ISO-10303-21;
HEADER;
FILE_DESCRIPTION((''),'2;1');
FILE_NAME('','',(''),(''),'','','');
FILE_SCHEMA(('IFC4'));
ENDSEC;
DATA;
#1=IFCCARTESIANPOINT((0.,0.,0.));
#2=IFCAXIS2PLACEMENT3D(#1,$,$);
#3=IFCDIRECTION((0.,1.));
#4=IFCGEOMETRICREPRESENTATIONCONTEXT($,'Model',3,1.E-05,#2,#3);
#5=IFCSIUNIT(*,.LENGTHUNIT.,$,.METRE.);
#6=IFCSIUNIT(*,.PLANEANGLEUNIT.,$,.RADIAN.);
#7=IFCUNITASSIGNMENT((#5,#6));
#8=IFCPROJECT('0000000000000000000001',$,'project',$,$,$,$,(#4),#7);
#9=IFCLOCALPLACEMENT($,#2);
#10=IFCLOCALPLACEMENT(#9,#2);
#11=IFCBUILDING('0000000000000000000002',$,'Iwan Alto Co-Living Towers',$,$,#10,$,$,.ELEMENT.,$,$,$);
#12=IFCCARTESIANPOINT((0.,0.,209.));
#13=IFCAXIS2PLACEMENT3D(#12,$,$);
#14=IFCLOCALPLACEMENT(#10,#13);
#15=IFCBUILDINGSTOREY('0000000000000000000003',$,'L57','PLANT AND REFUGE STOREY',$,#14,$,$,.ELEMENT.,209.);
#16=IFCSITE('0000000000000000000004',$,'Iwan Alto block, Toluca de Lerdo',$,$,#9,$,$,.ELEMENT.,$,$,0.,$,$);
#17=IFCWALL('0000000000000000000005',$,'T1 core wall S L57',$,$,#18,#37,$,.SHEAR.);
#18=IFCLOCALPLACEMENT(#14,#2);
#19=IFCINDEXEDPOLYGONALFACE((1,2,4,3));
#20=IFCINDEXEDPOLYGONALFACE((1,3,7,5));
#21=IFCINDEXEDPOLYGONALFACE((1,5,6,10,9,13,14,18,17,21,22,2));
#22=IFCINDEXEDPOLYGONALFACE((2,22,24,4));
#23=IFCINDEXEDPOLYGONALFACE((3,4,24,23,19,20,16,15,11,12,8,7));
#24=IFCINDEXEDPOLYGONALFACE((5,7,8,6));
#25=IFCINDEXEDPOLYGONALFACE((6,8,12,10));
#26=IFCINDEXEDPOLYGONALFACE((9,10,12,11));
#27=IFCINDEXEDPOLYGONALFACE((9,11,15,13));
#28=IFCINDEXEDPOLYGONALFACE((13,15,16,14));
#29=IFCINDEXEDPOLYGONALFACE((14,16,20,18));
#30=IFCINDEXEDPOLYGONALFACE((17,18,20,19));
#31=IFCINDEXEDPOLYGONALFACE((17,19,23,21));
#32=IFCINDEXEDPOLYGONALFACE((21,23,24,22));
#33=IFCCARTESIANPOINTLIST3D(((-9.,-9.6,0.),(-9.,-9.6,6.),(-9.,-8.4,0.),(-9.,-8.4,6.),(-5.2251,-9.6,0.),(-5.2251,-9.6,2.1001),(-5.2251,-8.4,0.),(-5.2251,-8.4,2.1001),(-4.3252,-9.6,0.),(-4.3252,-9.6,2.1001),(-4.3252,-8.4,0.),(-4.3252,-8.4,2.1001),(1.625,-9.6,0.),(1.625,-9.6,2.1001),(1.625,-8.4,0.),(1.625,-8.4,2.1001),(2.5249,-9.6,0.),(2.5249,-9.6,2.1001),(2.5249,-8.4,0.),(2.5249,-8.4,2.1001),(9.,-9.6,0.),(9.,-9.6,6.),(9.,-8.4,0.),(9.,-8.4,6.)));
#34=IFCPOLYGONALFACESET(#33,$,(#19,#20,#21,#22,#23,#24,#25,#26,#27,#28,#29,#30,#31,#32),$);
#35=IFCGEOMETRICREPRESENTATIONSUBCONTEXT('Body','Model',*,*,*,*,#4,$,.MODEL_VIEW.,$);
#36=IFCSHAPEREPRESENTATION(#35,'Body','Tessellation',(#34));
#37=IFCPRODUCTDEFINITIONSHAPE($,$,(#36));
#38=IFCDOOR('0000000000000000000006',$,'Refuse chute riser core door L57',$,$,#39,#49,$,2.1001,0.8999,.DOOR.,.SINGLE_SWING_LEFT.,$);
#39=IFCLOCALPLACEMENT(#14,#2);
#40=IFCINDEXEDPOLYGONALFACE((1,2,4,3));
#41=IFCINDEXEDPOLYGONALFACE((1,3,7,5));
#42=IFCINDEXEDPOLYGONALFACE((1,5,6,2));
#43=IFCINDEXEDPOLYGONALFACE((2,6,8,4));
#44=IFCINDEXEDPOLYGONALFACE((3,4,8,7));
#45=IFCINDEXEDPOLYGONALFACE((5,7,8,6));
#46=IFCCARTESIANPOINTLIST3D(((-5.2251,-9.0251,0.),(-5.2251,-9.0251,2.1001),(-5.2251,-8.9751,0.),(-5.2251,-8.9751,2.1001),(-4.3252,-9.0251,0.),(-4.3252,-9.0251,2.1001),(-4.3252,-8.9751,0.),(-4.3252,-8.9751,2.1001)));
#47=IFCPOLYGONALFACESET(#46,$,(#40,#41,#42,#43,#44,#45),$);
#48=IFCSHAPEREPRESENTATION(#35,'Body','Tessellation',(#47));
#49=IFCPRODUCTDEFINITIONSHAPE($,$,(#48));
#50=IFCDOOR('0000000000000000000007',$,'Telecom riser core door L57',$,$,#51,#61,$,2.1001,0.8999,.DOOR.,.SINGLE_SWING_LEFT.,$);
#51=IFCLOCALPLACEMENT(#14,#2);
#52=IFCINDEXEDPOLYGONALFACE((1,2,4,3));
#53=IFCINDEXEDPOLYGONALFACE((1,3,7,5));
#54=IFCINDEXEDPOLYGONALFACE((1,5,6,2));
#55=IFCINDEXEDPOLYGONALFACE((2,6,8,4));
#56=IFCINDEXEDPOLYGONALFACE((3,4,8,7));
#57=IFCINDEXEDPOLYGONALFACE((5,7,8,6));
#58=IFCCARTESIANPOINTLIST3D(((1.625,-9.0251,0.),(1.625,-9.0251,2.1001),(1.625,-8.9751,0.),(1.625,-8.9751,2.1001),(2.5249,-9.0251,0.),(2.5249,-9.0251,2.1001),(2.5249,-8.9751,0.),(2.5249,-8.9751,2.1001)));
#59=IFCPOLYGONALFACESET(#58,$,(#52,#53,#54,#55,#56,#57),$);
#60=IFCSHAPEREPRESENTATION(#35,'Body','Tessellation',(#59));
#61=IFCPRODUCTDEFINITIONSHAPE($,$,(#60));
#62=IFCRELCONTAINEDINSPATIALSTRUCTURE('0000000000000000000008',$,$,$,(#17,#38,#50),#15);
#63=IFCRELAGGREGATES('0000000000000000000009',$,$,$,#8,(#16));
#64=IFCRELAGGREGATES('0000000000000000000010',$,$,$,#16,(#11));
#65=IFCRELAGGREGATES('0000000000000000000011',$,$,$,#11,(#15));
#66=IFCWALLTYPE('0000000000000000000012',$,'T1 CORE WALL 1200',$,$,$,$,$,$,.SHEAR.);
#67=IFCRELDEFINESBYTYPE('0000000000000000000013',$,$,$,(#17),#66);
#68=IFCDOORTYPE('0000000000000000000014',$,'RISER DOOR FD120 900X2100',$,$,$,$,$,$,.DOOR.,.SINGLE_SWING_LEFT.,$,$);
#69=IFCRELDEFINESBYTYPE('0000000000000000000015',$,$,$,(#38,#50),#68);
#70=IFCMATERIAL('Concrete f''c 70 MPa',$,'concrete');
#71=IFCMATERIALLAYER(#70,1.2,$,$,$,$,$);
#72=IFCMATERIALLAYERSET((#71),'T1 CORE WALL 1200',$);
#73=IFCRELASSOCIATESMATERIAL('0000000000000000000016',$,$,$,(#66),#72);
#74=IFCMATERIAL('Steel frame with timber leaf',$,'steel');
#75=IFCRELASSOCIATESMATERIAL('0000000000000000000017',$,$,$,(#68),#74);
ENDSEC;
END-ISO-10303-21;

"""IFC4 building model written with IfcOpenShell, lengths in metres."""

from ifc_helpers import new_model, si_unit, direction, frame, frame_2d, origin, place, context, subcontext, project, spatial, rectangle, extrude, material, layer, layer_set, type_object, element, fill, save


model = new_model("IFC4")

# Units and contexts
model_context = context("Model", 3, precision=1e-05, world=origin(), true_north=direction((0.0, 1.0)))
body_context = subcontext(model_context, "Body", "Model", "MODEL_VIEW")
ifc_project = project(units=[si_unit("LENGTHUNIT", "METRE"), si_unit("PLANEANGLEUNIT", "RADIAN")], contexts=[model_context])

# Site, building, storey
site_placement = place(None, origin())
site = spatial("IfcSite", under=ifc_project, at=site_placement, Name="Iwan Alto block, Toluca de Lerdo", CompositionType="ELEMENT", RefElevation=0.0)
building_placement = place(site_placement, origin())
building = spatial("IfcBuilding", under=site, at=building_placement, Name="Iwan Alto Co-Living Towers", CompositionType="ELEMENT")
storey_placement = place(building_placement, frame((0.0, 0.0, 209.0)))
storey = spatial("IfcBuildingStorey", under=building, at=storey_placement, Name="L57", Description="PLANT AND REFUGE STOREY", CompositionType="ELEMENT", Elevation=209.0)

# Wall, openings, doors
ifc_material_1 = material(Name="Concrete f'c 70 MPa", Category="concrete")
ifc_layer_1 = layer(ifc_material_1, 1.2)
ifc_layer_set_1 = layer_set([ifc_layer_1], Name="T1 CORE WALL 1200")
wall_type_1 = type_object("IfcWallType", Name="T1 CORE WALL 1200", PredefinedType="SHEAR", material=ifc_layer_set_1)
wall_1_placement = place(storey_placement, frame((-9.0, -9.0, 0.0), z_axis=(0.0, 0.0, 1.0), x_axis=(1.0, 0.0, 0.0)))
wall_1 = element("IfcWall", 1, at=wall_1_placement, inside=storey, type_object=wall_type_1, Name="T1 core wall S L57", PredefinedType="SHEAR", context=body_context, shape_type="SweptSolid", body=[
    extrude(rectangle(XDim=18.0, YDim=1.2, at=frame_2d((9.0, 0.0))), origin(), (0.0, 0.0, 1.0), 6.0),
])
opening_1_placement = place(wall_1_placement, frame((3.7749, 0.0, 0.0)))
opening_1 = element("IfcOpeningElement", 2, at=opening_1_placement, cuts=wall_1, PredefinedType="OPENING", context=body_context, shape_type="SweptSolid", body=[
    extrude(rectangle(XDim=0.8999, YDim=2.1001, at=frame_2d((0.45, 1.05))), frame((0.0, 0.6099, 0.0), z_axis=(0.0, -1.0, 0.0), x_axis=(1.0, 0.0, 0.0)), (0.0, 0.0, 1.0), 1.22),
])
opening_2_placement = place(wall_1_placement, frame((10.625, 0.0, 0.0)))
opening_2 = element("IfcOpeningElement", 3, at=opening_2_placement, cuts=wall_1, PredefinedType="OPENING", context=body_context, shape_type="SweptSolid", body=[
    extrude(rectangle(XDim=0.8999, YDim=2.1001, at=frame_2d((0.45, 1.05))), frame((0.0, 0.6099, 0.0), z_axis=(0.0, -1.0, 0.0), x_axis=(1.0, 0.0, 0.0)), (0.0, 0.0, 1.0), 1.22),
])
ifc_material_2 = material(Name="Steel frame with timber leaf", Category="steel")
door_type_1 = type_object("IfcDoorType", Name="RISER DOOR FD120 900X2100", OperationType="SINGLE_SWING_LEFT", PredefinedType="DOOR", material=ifc_material_2)
door_1_placement = place(opening_1_placement, origin())
door_1 = element("IfcDoor", 4, at=door_1_placement, inside=storey, type_object=door_type_1, Name="Refuse chute riser core door L57", OperationType="SINGLE_SWING_LEFT", OverallHeight=2.1001, OverallWidth=0.8999, PredefinedType="DOOR", context=body_context, shape_type="SweptSolid", body=[
    extrude(rectangle(XDim=0.8999, YDim=2.1001, at=frame_2d((0.45, 1.05))), frame((0.0, 0.0249, 0.0), z_axis=(0.0, -1.0, 0.0), x_axis=(1.0, 0.0, 0.0)), (0.0, 0.0, 1.0), 0.05),
])
fill(opening_1, door_1)
door_2_placement = place(opening_2_placement, origin())
door_2 = element("IfcDoor", 5, at=door_2_placement, inside=storey, type_object=door_type_1, Name="Telecom riser core door L57", OperationType="SINGLE_SWING_LEFT", OverallHeight=2.1001, OverallWidth=0.8999, PredefinedType="DOOR", context=body_context, shape_type="SweptSolid", body=[
    extrude(rectangle(XDim=0.8999, YDim=2.1001, at=frame_2d((0.45, 1.05))), frame((0.0, 0.0249, 0.0), z_axis=(0.0, -1.0, 0.0), x_axis=(1.0, 0.0, 0.0)), (0.0, 0.0, 1.0), 0.05),
])
fill(opening_2, door_2)

save(model, "model.ifc")
